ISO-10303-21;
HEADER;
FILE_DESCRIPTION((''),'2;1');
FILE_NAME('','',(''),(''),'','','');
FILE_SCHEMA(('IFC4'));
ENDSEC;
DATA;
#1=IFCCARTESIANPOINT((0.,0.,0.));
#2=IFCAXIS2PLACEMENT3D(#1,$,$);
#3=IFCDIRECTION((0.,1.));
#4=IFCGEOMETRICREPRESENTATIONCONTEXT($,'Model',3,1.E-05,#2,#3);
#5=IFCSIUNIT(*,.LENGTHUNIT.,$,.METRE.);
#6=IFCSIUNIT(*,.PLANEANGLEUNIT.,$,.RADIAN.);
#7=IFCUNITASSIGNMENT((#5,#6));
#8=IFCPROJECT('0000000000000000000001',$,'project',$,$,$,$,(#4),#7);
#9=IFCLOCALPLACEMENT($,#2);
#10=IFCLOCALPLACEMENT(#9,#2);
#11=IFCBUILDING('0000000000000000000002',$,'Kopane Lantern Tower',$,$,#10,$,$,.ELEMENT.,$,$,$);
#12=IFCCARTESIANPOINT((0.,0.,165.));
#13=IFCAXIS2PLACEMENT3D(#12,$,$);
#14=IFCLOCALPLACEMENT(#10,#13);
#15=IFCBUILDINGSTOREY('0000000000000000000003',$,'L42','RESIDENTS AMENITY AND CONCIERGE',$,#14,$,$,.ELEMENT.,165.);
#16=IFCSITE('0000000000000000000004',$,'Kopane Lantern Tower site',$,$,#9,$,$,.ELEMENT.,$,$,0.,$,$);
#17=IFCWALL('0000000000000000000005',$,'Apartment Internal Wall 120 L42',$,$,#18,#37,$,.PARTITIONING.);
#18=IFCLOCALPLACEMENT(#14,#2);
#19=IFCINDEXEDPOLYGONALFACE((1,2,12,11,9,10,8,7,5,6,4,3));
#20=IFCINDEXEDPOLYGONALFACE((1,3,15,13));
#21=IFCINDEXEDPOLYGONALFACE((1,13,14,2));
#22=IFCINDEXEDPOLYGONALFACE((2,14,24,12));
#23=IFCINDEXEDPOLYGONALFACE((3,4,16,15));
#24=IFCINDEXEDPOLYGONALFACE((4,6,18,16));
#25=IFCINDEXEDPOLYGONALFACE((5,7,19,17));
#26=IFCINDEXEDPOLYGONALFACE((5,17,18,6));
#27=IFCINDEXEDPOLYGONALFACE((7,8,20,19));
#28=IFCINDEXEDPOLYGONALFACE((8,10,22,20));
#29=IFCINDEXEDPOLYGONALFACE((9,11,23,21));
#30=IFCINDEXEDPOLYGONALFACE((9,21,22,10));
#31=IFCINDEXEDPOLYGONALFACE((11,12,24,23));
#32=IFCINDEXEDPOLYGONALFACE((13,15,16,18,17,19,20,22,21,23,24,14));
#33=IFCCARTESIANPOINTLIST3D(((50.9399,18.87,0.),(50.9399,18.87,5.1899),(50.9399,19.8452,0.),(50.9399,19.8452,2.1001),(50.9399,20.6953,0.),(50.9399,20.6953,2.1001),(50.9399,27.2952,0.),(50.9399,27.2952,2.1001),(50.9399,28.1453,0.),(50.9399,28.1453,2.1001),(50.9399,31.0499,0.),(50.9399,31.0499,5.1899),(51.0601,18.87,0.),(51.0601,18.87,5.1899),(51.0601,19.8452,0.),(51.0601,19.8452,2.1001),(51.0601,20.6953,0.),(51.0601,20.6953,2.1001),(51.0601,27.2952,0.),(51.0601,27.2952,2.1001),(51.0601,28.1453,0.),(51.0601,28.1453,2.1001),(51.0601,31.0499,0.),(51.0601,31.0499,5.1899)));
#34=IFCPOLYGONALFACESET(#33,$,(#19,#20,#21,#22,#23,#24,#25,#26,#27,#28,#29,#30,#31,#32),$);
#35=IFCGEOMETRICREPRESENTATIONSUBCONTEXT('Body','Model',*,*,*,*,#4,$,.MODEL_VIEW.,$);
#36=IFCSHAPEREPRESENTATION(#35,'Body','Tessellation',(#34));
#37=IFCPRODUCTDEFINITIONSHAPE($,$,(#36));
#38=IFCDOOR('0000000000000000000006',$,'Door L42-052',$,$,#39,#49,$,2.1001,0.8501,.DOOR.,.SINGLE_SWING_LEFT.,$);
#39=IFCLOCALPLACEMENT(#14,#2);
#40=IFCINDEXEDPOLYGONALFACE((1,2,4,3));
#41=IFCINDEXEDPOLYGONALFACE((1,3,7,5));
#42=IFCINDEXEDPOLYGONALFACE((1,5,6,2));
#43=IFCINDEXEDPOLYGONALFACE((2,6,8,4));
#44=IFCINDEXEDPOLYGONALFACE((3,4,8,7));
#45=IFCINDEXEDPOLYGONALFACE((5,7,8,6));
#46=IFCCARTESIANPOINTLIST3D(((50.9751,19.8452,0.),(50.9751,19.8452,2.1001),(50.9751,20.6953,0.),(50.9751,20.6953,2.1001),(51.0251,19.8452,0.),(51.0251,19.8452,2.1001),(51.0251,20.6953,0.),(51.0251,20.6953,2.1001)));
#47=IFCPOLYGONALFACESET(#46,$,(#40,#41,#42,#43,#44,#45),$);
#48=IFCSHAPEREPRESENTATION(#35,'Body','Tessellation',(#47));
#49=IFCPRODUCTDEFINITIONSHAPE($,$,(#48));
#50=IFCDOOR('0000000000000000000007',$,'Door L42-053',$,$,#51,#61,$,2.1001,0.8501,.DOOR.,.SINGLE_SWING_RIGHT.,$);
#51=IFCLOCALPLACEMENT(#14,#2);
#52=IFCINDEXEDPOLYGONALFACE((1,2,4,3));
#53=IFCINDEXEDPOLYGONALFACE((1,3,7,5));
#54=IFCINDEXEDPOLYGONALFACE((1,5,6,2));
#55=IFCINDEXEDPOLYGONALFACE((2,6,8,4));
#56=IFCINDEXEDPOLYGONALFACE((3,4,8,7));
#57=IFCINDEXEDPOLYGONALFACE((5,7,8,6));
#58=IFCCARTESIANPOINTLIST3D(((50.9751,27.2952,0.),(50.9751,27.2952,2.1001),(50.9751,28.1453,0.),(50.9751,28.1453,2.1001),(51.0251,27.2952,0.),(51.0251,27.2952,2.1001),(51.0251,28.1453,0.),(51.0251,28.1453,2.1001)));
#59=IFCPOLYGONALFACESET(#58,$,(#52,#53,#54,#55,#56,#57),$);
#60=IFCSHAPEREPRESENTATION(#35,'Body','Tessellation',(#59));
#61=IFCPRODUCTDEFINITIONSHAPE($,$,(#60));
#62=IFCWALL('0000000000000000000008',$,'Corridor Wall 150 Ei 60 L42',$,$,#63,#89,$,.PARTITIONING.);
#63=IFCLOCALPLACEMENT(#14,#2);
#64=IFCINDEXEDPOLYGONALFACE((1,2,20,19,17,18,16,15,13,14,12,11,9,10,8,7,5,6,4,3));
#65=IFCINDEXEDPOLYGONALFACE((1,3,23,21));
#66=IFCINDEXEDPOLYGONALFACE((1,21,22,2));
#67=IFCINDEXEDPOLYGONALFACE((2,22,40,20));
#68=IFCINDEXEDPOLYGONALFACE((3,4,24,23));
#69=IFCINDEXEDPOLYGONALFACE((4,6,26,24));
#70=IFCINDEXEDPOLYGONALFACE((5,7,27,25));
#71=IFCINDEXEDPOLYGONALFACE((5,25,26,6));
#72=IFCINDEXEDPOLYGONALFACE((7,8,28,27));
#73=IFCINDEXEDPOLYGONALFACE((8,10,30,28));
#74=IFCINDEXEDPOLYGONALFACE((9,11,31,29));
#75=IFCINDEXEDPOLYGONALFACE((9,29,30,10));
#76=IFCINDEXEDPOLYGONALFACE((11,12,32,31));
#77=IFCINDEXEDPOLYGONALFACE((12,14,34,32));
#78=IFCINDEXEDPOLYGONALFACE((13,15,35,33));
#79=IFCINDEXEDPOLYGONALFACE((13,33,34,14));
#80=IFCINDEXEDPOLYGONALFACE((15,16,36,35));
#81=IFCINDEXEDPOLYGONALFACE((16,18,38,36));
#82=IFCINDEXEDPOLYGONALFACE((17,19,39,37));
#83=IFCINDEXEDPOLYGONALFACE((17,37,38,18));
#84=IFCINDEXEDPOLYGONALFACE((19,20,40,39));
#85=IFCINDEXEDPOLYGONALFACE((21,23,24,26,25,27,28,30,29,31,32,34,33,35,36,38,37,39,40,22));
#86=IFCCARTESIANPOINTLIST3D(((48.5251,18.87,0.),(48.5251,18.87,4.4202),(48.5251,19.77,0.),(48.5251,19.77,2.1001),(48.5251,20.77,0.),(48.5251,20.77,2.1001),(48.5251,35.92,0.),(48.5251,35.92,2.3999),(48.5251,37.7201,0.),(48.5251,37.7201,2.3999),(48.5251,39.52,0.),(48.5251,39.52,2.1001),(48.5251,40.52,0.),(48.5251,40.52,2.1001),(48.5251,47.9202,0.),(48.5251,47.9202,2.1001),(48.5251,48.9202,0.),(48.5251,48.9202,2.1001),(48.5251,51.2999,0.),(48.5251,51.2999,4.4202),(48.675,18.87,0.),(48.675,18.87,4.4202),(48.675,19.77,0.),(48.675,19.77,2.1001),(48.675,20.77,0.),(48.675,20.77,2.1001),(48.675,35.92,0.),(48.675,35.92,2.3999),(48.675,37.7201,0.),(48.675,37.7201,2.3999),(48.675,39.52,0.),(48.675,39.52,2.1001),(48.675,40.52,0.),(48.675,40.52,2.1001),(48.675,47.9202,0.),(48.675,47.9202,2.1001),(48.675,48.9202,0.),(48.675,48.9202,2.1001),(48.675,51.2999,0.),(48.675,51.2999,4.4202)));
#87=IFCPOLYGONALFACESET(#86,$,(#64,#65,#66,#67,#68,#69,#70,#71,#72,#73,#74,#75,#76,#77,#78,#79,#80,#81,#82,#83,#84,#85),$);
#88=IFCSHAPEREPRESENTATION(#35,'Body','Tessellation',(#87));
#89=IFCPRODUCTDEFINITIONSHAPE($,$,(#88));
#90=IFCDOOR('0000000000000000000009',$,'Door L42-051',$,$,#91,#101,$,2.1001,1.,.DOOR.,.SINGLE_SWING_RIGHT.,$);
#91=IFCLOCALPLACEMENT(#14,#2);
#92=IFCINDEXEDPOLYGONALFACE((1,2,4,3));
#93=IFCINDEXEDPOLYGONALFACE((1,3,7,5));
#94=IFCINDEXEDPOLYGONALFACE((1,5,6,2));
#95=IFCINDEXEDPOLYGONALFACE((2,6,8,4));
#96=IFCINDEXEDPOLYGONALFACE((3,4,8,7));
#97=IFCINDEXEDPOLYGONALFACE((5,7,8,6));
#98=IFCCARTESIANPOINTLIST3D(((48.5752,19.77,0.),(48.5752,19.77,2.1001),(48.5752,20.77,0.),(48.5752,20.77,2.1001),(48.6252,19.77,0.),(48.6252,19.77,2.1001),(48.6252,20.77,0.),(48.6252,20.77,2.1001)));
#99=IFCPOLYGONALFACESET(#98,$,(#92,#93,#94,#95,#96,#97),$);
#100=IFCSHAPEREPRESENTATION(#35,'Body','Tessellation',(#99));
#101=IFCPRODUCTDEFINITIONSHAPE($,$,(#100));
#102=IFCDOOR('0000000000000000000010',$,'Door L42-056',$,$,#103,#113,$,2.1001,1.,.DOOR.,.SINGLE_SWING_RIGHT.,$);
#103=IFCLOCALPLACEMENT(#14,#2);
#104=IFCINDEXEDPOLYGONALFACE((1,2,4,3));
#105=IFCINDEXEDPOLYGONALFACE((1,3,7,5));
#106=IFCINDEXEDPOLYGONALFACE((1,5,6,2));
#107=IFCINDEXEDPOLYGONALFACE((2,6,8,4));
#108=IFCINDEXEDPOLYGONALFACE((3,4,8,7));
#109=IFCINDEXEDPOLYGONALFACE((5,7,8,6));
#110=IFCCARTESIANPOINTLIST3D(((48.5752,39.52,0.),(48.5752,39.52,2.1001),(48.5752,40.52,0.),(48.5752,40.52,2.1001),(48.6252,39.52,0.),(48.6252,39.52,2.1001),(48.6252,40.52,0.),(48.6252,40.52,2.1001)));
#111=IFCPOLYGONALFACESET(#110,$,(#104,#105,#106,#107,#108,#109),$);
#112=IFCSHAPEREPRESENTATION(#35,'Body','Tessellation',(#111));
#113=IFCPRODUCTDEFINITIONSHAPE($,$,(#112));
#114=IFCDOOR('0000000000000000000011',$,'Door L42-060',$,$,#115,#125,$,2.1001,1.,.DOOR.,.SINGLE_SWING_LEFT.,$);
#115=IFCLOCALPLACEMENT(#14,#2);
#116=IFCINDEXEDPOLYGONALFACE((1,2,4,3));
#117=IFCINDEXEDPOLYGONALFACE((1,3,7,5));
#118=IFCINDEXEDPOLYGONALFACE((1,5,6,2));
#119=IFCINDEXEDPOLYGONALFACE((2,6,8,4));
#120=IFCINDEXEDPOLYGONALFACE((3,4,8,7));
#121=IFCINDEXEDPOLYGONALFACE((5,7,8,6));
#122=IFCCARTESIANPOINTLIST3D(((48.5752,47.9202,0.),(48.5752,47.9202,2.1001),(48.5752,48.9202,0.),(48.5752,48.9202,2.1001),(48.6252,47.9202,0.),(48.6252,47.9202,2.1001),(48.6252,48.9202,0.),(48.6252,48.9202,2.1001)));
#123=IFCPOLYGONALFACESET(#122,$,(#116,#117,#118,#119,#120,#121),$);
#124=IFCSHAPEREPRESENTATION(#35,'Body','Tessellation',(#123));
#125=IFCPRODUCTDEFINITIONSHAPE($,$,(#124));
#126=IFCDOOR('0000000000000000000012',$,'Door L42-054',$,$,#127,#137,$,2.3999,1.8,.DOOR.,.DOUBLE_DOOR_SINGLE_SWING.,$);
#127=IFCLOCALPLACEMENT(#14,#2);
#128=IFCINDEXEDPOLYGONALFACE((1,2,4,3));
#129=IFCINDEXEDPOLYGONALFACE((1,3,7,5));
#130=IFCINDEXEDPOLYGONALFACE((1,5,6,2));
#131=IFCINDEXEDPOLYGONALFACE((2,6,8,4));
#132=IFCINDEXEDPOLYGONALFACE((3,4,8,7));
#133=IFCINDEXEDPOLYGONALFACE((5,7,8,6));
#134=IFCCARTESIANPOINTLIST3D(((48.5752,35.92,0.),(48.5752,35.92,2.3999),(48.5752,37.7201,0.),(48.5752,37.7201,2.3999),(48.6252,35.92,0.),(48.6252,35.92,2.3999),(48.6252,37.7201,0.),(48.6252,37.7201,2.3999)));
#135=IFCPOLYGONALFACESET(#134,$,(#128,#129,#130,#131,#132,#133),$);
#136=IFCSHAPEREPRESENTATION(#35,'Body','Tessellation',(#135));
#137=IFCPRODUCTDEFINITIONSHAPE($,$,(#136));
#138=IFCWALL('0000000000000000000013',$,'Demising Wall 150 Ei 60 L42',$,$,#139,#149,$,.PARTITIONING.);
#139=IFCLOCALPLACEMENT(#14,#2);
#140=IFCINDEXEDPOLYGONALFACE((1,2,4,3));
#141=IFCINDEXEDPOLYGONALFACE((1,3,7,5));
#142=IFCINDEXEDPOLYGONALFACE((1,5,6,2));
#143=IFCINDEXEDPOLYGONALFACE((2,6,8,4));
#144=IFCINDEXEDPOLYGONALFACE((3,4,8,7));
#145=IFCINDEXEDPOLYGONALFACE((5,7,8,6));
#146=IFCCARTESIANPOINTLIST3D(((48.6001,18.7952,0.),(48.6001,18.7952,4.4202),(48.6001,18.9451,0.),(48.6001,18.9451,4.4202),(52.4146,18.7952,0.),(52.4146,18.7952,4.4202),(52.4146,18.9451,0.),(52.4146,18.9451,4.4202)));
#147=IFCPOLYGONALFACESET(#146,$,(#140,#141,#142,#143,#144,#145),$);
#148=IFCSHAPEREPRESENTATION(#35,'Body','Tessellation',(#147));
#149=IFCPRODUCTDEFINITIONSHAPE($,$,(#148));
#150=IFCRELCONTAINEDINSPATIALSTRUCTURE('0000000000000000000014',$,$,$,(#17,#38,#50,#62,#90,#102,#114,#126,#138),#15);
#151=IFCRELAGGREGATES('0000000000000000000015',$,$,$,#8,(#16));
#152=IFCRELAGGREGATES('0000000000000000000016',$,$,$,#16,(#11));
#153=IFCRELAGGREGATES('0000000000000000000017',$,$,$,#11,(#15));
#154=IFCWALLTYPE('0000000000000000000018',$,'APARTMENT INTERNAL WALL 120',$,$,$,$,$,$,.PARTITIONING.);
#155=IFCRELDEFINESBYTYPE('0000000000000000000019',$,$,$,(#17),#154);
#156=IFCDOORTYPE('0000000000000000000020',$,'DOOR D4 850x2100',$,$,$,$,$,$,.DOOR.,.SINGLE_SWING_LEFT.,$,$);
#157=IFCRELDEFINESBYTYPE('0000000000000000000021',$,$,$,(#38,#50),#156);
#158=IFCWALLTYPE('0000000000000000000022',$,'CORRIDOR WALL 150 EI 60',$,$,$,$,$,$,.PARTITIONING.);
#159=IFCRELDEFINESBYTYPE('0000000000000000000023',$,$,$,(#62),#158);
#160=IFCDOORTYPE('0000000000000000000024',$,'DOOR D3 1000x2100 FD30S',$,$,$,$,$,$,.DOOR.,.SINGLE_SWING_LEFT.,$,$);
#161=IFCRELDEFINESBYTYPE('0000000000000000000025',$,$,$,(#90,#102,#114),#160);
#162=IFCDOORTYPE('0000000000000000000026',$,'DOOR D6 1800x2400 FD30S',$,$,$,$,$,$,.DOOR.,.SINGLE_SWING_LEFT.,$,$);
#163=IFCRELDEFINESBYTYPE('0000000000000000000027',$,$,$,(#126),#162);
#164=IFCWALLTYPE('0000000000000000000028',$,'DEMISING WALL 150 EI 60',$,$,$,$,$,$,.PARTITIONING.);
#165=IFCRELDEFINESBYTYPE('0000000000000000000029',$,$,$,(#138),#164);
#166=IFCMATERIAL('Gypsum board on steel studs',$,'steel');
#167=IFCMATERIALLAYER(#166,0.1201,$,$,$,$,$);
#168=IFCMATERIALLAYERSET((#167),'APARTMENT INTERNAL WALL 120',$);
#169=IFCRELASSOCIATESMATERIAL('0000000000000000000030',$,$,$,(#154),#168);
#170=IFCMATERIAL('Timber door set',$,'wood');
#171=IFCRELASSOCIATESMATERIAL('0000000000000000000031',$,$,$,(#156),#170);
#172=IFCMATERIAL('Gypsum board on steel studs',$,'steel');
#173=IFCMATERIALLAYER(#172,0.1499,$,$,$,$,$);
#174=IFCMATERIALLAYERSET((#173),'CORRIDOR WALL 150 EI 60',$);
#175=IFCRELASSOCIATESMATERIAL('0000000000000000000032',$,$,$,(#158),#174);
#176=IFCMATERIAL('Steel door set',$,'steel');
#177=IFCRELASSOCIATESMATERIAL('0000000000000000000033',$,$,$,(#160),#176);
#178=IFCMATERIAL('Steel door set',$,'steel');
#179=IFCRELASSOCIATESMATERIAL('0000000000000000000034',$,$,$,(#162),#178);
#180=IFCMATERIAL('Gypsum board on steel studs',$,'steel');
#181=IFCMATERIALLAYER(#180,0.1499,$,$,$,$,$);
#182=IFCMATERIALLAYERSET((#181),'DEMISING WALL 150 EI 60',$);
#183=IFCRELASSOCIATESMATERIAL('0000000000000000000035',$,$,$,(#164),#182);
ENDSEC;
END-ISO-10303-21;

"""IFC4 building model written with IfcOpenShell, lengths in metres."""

from ifc_helpers import new_model, si_unit, direction, frame, frame_2d, origin, place, context, subcontext, project, spatial, rectangle, extrude, material, layer, layer_set, type_object, element, fill, save


model = new_model("IFC4")

# Units and contexts
model_context = context("Model", 3, precision=1e-05, world=origin(), true_north=direction((0.0, 1.0)))
body_context = subcontext(model_context, "Body", "Model", "MODEL_VIEW")
ifc_project = project(units=[si_unit("LENGTHUNIT", "METRE"), si_unit("PLANEANGLEUNIT", "RADIAN")], contexts=[model_context])

# Site, building, storey
site_placement = place(None, origin())
site = spatial("IfcSite", under=ifc_project, at=site_placement, Name="Kopane Lantern Tower site", CompositionType="ELEMENT", RefElevation=0.0)
building_placement = place(site_placement, origin())
building = spatial("IfcBuilding", under=site, at=building_placement, Name="Kopane Lantern Tower", CompositionType="ELEMENT")
storey_placement = place(building_placement, frame((0.0, 0.0, 165.0)))
storey = spatial("IfcBuildingStorey", under=building, at=storey_placement, Name="L42", Description="RESIDENTS AMENITY AND CONCIERGE", CompositionType="ELEMENT", Elevation=165.0)

# Walls, openings, doors
ifc_material_1 = material(Name="Gypsum board on steel studs", Category="steel")
ifc_layer_1 = layer(ifc_material_1, 0.1201)
ifc_layer_set_1 = layer_set([ifc_layer_1], Name="APARTMENT INTERNAL WALL 120")
wall_type_1 = type_object("IfcWallType", Name="APARTMENT INTERNAL WALL 120", PredefinedType="PARTITIONING", material=ifc_layer_set_1)
wall_1_placement = place(storey_placement, frame((51.0, 18.8701, 0.0), z_axis=(0.0, 0.0, 1.0), x_axis=(0.0, 1.0, 0.0)))
wall_1 = element("IfcWall", 1, at=wall_1_placement, inside=storey, type_object=wall_type_1, Name="Apartment Internal Wall 120 L42", PredefinedType="PARTITIONING", context=body_context, shape_type="SweptSolid", body=[
    extrude(rectangle(XDim=12.1799, YDim=0.1201, at=frame_2d((6.0898, 0.0))), origin(), (0.0, 0.0, 1.0), 5.1899),
])
opening_1_placement = place(wall_1_placement, frame((0.9751, 0.0, 0.0)))
opening_1 = element("IfcOpeningElement", 2, at=opening_1_placement, cuts=wall_1, PredefinedType="OPENING", context=body_context, shape_type="SweptSolid", body=[
    extrude(rectangle(XDim=0.8501, YDim=2.1001, at=frame_2d((0.425, 1.05))), frame((0.0, 0.0701, 0.0), z_axis=(0.0, -1.0, 0.0), x_axis=(1.0, 0.0, 0.0)), (0.0, 0.0, 1.0), 0.1401),
])
opening_2_placement = place(wall_1_placement, frame((8.425, 0.0, 0.0)))
opening_2 = element("IfcOpeningElement", 3, at=opening_2_placement, cuts=wall_1, PredefinedType="OPENING", context=body_context, shape_type="SweptSolid", body=[
    extrude(rectangle(XDim=0.8501, YDim=2.1001, at=frame_2d((0.425, 1.05))), frame((0.0, 0.0701, 0.0), z_axis=(0.0, -1.0, 0.0), x_axis=(1.0, 0.0, 0.0)), (0.0, 0.0, 1.0), 0.1401),
])
ifc_material_2 = material(Name="Timber door set", Category="wood")
door_type_1 = type_object("IfcDoorType", Name="DOOR D4 850x2100", OperationType="SINGLE_SWING_LEFT", PredefinedType="DOOR", material=ifc_material_2)
door_1_placement = place(opening_1_placement, origin())
door_1 = element("IfcDoor", 4, at=door_1_placement, inside=storey, type_object=door_type_1, Name="Door L42-052", OperationType="SINGLE_SWING_LEFT", OverallHeight=2.1001, OverallWidth=0.8501, PredefinedType="DOOR", context=body_context, shape_type="SweptSolid", body=[
    extrude(rectangle(XDim=0.8501, YDim=2.1001, at=frame_2d((0.425, 1.05))), frame((0.0, 0.0249, 0.0), z_axis=(0.0, -1.0, 0.0), x_axis=(1.0, 0.0, 0.0)), (0.0, 0.0, 1.0), 0.05),
])
fill(opening_1, door_1)
door_2_placement = place(opening_2_placement, origin())
door_2 = element("IfcDoor", 5, at=door_2_placement, inside=storey, type_object=door_type_1, Name="Door L42-053", OperationType="SINGLE_SWING_RIGHT", OverallHeight=2.1001, OverallWidth=0.8501, PredefinedType="DOOR", context=body_context, shape_type="SweptSolid", body=[
    extrude(rectangle(XDim=0.8501, YDim=2.1001, at=frame_2d((0.425, 1.05))), frame((0.0, 0.0249, 0.0), z_axis=(0.0, -1.0, 0.0), x_axis=(1.0, 0.0, 0.0)), (0.0, 0.0, 1.0), 0.05),
])
fill(opening_2, door_2)
ifc_material_3 = material(Name="Gypsum board on steel studs", Category="steel")
ifc_layer_2 = layer(ifc_material_3, 0.1499)
ifc_layer_set_2 = layer_set([ifc_layer_2], Name="CORRIDOR WALL 150 EI 60")
wall_type_2 = type_object("IfcWallType", Name="CORRIDOR WALL 150 EI 60", PredefinedType="PARTITIONING", material=ifc_layer_set_2)
wall_2_placement = place(storey_placement, frame((48.6001, 18.8701, 0.0), z_axis=(0.0, 0.0, 1.0), x_axis=(0.0, 1.0, 0.0)))
wall_2 = element("IfcWall", 6, at=wall_2_placement, inside=storey, type_object=wall_type_2, Name="Corridor Wall 150 Ei 60 L42", PredefinedType="PARTITIONING", context=body_context, shape_type="SweptSolid", body=[
    extrude(rectangle(XDim=32.4299, YDim=0.1499, at=frame_2d((16.2148, 0.0))), origin(), (0.0, 0.0, 1.0), 4.4202),
])
opening_3_placement = place(wall_2_placement, frame((0.8999, 0.0, 0.0)))
opening_3 = element("IfcOpeningElement", 7, at=opening_3_placement, cuts=wall_2, PredefinedType="OPENING", context=body_context, shape_type="SweptSolid", body=[
    extrude(rectangle(XDim=1.0, YDim=2.1001, at=frame_2d((0.5, 1.05))), frame((0.0, 0.085, 0.0), z_axis=(0.0, -1.0, 0.0), x_axis=(1.0, 0.0, 0.0)), (0.0, 0.0, 1.0), 0.1699),
])
opening_4_placement = place(wall_2_placement, frame((17.05, 0.0, 0.0)))
opening_4 = element("IfcOpeningElement", 8, at=opening_4_placement, cuts=wall_2, PredefinedType="OPENING", context=body_context, shape_type="SweptSolid", body=[
    extrude(rectangle(XDim=1.8, YDim=2.3999, at=frame_2d((0.8999, 1.2))), frame((0.0, 0.085, 0.0), z_axis=(0.0, -1.0, 0.0), x_axis=(1.0, 0.0, 0.0)), (0.0, 0.0, 1.0), 0.1699),
])
opening_5_placement = place(wall_2_placement, frame((20.6499, 0.0, 0.0)))
opening_5 = element("IfcOpeningElement", 9, at=opening_5_placement, cuts=wall_2, PredefinedType="OPENING", context=body_context, shape_type="SweptSolid", body=[
    extrude(rectangle(XDim=1.0, YDim=2.1001, at=frame_2d((0.5, 1.05))), frame((0.0, 0.085, 0.0), z_axis=(0.0, -1.0, 0.0), x_axis=(1.0, 0.0, 0.0)), (0.0, 0.0, 1.0), 0.1699),
])
opening_6_placement = place(wall_2_placement, frame((29.05, 0.0, 0.0)))
opening_6 = element("IfcOpeningElement", 10, at=opening_6_placement, cuts=wall_2, PredefinedType="OPENING", context=body_context, shape_type="SweptSolid", body=[
    extrude(rectangle(XDim=1.0, YDim=2.1001, at=frame_2d((0.5, 1.05))), frame((0.0, 0.085, 0.0), z_axis=(0.0, -1.0, 0.0), x_axis=(1.0, 0.0, 0.0)), (0.0, 0.0, 1.0), 0.1699),
])
ifc_material_4 = material(Name="Steel door set", Category="steel")
door_type_2 = type_object("IfcDoorType", Name="DOOR D3 1000x2100 FD30S", OperationType="SINGLE_SWING_LEFT", PredefinedType="DOOR", material=ifc_material_4)
door_3_placement = place(opening_3_placement, origin())
door_3 = element("IfcDoor", 11, at=door_3_placement, inside=storey, type_object=door_type_2, Name="Door L42-051", OperationType="SINGLE_SWING_RIGHT", OverallHeight=2.1001, OverallWidth=1.0, PredefinedType="DOOR", context=body_context, shape_type="SweptSolid", body=[
    extrude(rectangle(XDim=1.0, YDim=2.1001, at=frame_2d((0.5, 1.05))), frame((0.0, 0.0249, 0.0), z_axis=(0.0, -1.0, 0.0), x_axis=(1.0, 0.0, 0.0)), (0.0, 0.0, 1.0), 0.05),
])
fill(opening_3, door_3)
door_4_placement = place(opening_5_placement, origin())
door_4 = element("IfcDoor", 12, at=door_4_placement, inside=storey, type_object=door_type_2, Name="Door L42-056", OperationType="SINGLE_SWING_RIGHT", OverallHeight=2.1001, OverallWidth=1.0, PredefinedType="DOOR", context=body_context, shape_type="SweptSolid", body=[
    extrude(rectangle(XDim=1.0, YDim=2.1001, at=frame_2d((0.5, 1.05))), frame((0.0, 0.0249, 0.0), z_axis=(0.0, -1.0, 0.0), x_axis=(1.0, 0.0, 0.0)), (0.0, 0.0, 1.0), 0.05),
])
fill(opening_5, door_4)
door_5_placement = place(opening_6_placement, origin())
door_5 = element("IfcDoor", 13, at=door_5_placement, inside=storey, type_object=door_type_2, Name="Door L42-060", OperationType="SINGLE_SWING_LEFT", OverallHeight=2.1001, OverallWidth=1.0, PredefinedType="DOOR", context=body_context, shape_type="SweptSolid", body=[
    extrude(rectangle(XDim=1.0, YDim=2.1001, at=frame_2d((0.5, 1.05))), frame((0.0, 0.0249, 0.0), z_axis=(0.0, -1.0, 0.0), x_axis=(1.0, 0.0, 0.0)), (0.0, 0.0, 1.0), 0.05),
])
fill(opening_6, door_5)
ifc_material_5 = material(Name="Steel door set", Category="steel")
door_type_3 = type_object("IfcDoorType", Name="DOOR D6 1800x2400 FD30S", OperationType="SINGLE_SWING_LEFT", PredefinedType="DOOR", material=ifc_material_5)
door_6_placement = place(opening_4_placement, origin())
door_6 = element("IfcDoor", 14, at=door_6_placement, inside=storey, type_object=door_type_3, Name="Door L42-054", OperationType="DOUBLE_DOOR_SINGLE_SWING", OverallHeight=2.3999, OverallWidth=1.8, PredefinedType="DOOR", context=body_context, shape_type="SweptSolid", body=[
    extrude(rectangle(XDim=1.8, YDim=2.3999, at=frame_2d((0.8999, 1.2))), frame((0.0, 0.0249, 0.0), z_axis=(0.0, -1.0, 0.0), x_axis=(1.0, 0.0, 0.0)), (0.0, 0.0, 1.0), 0.05),
])
fill(opening_4, door_6)

# Wall
ifc_material_6 = material(Name="Gypsum board on steel studs", Category="steel")
ifc_layer_3 = layer(ifc_material_6, 0.1499)
ifc_layer_set_3 = layer_set([ifc_layer_3], Name="DEMISING WALL 150 EI 60")
wall_type_3 = type_object("IfcWallType", Name="DEMISING WALL 150 EI 60", PredefinedType="PARTITIONING", material=ifc_layer_set_3)
wall_3_placement = place(storey_placement, frame((48.6001, 18.8701, 0.0), z_axis=(0.0, 0.0, 1.0), x_axis=(1.0, 0.0, 0.0)))
element("IfcWall", 15, at=wall_3_placement, inside=storey, type_object=wall_type_3, Name="Demising Wall 150 Ei 60 L42", PredefinedType="PARTITIONING", context=body_context, shape_type="SweptSolid", body=[
    extrude(rectangle(XDim=3.8145, YDim=0.1499, at=frame_2d((1.9072, 0.0))), origin(), (0.0, 0.0, 1.0), 4.4202),
])

save(model, "model.ifc")
